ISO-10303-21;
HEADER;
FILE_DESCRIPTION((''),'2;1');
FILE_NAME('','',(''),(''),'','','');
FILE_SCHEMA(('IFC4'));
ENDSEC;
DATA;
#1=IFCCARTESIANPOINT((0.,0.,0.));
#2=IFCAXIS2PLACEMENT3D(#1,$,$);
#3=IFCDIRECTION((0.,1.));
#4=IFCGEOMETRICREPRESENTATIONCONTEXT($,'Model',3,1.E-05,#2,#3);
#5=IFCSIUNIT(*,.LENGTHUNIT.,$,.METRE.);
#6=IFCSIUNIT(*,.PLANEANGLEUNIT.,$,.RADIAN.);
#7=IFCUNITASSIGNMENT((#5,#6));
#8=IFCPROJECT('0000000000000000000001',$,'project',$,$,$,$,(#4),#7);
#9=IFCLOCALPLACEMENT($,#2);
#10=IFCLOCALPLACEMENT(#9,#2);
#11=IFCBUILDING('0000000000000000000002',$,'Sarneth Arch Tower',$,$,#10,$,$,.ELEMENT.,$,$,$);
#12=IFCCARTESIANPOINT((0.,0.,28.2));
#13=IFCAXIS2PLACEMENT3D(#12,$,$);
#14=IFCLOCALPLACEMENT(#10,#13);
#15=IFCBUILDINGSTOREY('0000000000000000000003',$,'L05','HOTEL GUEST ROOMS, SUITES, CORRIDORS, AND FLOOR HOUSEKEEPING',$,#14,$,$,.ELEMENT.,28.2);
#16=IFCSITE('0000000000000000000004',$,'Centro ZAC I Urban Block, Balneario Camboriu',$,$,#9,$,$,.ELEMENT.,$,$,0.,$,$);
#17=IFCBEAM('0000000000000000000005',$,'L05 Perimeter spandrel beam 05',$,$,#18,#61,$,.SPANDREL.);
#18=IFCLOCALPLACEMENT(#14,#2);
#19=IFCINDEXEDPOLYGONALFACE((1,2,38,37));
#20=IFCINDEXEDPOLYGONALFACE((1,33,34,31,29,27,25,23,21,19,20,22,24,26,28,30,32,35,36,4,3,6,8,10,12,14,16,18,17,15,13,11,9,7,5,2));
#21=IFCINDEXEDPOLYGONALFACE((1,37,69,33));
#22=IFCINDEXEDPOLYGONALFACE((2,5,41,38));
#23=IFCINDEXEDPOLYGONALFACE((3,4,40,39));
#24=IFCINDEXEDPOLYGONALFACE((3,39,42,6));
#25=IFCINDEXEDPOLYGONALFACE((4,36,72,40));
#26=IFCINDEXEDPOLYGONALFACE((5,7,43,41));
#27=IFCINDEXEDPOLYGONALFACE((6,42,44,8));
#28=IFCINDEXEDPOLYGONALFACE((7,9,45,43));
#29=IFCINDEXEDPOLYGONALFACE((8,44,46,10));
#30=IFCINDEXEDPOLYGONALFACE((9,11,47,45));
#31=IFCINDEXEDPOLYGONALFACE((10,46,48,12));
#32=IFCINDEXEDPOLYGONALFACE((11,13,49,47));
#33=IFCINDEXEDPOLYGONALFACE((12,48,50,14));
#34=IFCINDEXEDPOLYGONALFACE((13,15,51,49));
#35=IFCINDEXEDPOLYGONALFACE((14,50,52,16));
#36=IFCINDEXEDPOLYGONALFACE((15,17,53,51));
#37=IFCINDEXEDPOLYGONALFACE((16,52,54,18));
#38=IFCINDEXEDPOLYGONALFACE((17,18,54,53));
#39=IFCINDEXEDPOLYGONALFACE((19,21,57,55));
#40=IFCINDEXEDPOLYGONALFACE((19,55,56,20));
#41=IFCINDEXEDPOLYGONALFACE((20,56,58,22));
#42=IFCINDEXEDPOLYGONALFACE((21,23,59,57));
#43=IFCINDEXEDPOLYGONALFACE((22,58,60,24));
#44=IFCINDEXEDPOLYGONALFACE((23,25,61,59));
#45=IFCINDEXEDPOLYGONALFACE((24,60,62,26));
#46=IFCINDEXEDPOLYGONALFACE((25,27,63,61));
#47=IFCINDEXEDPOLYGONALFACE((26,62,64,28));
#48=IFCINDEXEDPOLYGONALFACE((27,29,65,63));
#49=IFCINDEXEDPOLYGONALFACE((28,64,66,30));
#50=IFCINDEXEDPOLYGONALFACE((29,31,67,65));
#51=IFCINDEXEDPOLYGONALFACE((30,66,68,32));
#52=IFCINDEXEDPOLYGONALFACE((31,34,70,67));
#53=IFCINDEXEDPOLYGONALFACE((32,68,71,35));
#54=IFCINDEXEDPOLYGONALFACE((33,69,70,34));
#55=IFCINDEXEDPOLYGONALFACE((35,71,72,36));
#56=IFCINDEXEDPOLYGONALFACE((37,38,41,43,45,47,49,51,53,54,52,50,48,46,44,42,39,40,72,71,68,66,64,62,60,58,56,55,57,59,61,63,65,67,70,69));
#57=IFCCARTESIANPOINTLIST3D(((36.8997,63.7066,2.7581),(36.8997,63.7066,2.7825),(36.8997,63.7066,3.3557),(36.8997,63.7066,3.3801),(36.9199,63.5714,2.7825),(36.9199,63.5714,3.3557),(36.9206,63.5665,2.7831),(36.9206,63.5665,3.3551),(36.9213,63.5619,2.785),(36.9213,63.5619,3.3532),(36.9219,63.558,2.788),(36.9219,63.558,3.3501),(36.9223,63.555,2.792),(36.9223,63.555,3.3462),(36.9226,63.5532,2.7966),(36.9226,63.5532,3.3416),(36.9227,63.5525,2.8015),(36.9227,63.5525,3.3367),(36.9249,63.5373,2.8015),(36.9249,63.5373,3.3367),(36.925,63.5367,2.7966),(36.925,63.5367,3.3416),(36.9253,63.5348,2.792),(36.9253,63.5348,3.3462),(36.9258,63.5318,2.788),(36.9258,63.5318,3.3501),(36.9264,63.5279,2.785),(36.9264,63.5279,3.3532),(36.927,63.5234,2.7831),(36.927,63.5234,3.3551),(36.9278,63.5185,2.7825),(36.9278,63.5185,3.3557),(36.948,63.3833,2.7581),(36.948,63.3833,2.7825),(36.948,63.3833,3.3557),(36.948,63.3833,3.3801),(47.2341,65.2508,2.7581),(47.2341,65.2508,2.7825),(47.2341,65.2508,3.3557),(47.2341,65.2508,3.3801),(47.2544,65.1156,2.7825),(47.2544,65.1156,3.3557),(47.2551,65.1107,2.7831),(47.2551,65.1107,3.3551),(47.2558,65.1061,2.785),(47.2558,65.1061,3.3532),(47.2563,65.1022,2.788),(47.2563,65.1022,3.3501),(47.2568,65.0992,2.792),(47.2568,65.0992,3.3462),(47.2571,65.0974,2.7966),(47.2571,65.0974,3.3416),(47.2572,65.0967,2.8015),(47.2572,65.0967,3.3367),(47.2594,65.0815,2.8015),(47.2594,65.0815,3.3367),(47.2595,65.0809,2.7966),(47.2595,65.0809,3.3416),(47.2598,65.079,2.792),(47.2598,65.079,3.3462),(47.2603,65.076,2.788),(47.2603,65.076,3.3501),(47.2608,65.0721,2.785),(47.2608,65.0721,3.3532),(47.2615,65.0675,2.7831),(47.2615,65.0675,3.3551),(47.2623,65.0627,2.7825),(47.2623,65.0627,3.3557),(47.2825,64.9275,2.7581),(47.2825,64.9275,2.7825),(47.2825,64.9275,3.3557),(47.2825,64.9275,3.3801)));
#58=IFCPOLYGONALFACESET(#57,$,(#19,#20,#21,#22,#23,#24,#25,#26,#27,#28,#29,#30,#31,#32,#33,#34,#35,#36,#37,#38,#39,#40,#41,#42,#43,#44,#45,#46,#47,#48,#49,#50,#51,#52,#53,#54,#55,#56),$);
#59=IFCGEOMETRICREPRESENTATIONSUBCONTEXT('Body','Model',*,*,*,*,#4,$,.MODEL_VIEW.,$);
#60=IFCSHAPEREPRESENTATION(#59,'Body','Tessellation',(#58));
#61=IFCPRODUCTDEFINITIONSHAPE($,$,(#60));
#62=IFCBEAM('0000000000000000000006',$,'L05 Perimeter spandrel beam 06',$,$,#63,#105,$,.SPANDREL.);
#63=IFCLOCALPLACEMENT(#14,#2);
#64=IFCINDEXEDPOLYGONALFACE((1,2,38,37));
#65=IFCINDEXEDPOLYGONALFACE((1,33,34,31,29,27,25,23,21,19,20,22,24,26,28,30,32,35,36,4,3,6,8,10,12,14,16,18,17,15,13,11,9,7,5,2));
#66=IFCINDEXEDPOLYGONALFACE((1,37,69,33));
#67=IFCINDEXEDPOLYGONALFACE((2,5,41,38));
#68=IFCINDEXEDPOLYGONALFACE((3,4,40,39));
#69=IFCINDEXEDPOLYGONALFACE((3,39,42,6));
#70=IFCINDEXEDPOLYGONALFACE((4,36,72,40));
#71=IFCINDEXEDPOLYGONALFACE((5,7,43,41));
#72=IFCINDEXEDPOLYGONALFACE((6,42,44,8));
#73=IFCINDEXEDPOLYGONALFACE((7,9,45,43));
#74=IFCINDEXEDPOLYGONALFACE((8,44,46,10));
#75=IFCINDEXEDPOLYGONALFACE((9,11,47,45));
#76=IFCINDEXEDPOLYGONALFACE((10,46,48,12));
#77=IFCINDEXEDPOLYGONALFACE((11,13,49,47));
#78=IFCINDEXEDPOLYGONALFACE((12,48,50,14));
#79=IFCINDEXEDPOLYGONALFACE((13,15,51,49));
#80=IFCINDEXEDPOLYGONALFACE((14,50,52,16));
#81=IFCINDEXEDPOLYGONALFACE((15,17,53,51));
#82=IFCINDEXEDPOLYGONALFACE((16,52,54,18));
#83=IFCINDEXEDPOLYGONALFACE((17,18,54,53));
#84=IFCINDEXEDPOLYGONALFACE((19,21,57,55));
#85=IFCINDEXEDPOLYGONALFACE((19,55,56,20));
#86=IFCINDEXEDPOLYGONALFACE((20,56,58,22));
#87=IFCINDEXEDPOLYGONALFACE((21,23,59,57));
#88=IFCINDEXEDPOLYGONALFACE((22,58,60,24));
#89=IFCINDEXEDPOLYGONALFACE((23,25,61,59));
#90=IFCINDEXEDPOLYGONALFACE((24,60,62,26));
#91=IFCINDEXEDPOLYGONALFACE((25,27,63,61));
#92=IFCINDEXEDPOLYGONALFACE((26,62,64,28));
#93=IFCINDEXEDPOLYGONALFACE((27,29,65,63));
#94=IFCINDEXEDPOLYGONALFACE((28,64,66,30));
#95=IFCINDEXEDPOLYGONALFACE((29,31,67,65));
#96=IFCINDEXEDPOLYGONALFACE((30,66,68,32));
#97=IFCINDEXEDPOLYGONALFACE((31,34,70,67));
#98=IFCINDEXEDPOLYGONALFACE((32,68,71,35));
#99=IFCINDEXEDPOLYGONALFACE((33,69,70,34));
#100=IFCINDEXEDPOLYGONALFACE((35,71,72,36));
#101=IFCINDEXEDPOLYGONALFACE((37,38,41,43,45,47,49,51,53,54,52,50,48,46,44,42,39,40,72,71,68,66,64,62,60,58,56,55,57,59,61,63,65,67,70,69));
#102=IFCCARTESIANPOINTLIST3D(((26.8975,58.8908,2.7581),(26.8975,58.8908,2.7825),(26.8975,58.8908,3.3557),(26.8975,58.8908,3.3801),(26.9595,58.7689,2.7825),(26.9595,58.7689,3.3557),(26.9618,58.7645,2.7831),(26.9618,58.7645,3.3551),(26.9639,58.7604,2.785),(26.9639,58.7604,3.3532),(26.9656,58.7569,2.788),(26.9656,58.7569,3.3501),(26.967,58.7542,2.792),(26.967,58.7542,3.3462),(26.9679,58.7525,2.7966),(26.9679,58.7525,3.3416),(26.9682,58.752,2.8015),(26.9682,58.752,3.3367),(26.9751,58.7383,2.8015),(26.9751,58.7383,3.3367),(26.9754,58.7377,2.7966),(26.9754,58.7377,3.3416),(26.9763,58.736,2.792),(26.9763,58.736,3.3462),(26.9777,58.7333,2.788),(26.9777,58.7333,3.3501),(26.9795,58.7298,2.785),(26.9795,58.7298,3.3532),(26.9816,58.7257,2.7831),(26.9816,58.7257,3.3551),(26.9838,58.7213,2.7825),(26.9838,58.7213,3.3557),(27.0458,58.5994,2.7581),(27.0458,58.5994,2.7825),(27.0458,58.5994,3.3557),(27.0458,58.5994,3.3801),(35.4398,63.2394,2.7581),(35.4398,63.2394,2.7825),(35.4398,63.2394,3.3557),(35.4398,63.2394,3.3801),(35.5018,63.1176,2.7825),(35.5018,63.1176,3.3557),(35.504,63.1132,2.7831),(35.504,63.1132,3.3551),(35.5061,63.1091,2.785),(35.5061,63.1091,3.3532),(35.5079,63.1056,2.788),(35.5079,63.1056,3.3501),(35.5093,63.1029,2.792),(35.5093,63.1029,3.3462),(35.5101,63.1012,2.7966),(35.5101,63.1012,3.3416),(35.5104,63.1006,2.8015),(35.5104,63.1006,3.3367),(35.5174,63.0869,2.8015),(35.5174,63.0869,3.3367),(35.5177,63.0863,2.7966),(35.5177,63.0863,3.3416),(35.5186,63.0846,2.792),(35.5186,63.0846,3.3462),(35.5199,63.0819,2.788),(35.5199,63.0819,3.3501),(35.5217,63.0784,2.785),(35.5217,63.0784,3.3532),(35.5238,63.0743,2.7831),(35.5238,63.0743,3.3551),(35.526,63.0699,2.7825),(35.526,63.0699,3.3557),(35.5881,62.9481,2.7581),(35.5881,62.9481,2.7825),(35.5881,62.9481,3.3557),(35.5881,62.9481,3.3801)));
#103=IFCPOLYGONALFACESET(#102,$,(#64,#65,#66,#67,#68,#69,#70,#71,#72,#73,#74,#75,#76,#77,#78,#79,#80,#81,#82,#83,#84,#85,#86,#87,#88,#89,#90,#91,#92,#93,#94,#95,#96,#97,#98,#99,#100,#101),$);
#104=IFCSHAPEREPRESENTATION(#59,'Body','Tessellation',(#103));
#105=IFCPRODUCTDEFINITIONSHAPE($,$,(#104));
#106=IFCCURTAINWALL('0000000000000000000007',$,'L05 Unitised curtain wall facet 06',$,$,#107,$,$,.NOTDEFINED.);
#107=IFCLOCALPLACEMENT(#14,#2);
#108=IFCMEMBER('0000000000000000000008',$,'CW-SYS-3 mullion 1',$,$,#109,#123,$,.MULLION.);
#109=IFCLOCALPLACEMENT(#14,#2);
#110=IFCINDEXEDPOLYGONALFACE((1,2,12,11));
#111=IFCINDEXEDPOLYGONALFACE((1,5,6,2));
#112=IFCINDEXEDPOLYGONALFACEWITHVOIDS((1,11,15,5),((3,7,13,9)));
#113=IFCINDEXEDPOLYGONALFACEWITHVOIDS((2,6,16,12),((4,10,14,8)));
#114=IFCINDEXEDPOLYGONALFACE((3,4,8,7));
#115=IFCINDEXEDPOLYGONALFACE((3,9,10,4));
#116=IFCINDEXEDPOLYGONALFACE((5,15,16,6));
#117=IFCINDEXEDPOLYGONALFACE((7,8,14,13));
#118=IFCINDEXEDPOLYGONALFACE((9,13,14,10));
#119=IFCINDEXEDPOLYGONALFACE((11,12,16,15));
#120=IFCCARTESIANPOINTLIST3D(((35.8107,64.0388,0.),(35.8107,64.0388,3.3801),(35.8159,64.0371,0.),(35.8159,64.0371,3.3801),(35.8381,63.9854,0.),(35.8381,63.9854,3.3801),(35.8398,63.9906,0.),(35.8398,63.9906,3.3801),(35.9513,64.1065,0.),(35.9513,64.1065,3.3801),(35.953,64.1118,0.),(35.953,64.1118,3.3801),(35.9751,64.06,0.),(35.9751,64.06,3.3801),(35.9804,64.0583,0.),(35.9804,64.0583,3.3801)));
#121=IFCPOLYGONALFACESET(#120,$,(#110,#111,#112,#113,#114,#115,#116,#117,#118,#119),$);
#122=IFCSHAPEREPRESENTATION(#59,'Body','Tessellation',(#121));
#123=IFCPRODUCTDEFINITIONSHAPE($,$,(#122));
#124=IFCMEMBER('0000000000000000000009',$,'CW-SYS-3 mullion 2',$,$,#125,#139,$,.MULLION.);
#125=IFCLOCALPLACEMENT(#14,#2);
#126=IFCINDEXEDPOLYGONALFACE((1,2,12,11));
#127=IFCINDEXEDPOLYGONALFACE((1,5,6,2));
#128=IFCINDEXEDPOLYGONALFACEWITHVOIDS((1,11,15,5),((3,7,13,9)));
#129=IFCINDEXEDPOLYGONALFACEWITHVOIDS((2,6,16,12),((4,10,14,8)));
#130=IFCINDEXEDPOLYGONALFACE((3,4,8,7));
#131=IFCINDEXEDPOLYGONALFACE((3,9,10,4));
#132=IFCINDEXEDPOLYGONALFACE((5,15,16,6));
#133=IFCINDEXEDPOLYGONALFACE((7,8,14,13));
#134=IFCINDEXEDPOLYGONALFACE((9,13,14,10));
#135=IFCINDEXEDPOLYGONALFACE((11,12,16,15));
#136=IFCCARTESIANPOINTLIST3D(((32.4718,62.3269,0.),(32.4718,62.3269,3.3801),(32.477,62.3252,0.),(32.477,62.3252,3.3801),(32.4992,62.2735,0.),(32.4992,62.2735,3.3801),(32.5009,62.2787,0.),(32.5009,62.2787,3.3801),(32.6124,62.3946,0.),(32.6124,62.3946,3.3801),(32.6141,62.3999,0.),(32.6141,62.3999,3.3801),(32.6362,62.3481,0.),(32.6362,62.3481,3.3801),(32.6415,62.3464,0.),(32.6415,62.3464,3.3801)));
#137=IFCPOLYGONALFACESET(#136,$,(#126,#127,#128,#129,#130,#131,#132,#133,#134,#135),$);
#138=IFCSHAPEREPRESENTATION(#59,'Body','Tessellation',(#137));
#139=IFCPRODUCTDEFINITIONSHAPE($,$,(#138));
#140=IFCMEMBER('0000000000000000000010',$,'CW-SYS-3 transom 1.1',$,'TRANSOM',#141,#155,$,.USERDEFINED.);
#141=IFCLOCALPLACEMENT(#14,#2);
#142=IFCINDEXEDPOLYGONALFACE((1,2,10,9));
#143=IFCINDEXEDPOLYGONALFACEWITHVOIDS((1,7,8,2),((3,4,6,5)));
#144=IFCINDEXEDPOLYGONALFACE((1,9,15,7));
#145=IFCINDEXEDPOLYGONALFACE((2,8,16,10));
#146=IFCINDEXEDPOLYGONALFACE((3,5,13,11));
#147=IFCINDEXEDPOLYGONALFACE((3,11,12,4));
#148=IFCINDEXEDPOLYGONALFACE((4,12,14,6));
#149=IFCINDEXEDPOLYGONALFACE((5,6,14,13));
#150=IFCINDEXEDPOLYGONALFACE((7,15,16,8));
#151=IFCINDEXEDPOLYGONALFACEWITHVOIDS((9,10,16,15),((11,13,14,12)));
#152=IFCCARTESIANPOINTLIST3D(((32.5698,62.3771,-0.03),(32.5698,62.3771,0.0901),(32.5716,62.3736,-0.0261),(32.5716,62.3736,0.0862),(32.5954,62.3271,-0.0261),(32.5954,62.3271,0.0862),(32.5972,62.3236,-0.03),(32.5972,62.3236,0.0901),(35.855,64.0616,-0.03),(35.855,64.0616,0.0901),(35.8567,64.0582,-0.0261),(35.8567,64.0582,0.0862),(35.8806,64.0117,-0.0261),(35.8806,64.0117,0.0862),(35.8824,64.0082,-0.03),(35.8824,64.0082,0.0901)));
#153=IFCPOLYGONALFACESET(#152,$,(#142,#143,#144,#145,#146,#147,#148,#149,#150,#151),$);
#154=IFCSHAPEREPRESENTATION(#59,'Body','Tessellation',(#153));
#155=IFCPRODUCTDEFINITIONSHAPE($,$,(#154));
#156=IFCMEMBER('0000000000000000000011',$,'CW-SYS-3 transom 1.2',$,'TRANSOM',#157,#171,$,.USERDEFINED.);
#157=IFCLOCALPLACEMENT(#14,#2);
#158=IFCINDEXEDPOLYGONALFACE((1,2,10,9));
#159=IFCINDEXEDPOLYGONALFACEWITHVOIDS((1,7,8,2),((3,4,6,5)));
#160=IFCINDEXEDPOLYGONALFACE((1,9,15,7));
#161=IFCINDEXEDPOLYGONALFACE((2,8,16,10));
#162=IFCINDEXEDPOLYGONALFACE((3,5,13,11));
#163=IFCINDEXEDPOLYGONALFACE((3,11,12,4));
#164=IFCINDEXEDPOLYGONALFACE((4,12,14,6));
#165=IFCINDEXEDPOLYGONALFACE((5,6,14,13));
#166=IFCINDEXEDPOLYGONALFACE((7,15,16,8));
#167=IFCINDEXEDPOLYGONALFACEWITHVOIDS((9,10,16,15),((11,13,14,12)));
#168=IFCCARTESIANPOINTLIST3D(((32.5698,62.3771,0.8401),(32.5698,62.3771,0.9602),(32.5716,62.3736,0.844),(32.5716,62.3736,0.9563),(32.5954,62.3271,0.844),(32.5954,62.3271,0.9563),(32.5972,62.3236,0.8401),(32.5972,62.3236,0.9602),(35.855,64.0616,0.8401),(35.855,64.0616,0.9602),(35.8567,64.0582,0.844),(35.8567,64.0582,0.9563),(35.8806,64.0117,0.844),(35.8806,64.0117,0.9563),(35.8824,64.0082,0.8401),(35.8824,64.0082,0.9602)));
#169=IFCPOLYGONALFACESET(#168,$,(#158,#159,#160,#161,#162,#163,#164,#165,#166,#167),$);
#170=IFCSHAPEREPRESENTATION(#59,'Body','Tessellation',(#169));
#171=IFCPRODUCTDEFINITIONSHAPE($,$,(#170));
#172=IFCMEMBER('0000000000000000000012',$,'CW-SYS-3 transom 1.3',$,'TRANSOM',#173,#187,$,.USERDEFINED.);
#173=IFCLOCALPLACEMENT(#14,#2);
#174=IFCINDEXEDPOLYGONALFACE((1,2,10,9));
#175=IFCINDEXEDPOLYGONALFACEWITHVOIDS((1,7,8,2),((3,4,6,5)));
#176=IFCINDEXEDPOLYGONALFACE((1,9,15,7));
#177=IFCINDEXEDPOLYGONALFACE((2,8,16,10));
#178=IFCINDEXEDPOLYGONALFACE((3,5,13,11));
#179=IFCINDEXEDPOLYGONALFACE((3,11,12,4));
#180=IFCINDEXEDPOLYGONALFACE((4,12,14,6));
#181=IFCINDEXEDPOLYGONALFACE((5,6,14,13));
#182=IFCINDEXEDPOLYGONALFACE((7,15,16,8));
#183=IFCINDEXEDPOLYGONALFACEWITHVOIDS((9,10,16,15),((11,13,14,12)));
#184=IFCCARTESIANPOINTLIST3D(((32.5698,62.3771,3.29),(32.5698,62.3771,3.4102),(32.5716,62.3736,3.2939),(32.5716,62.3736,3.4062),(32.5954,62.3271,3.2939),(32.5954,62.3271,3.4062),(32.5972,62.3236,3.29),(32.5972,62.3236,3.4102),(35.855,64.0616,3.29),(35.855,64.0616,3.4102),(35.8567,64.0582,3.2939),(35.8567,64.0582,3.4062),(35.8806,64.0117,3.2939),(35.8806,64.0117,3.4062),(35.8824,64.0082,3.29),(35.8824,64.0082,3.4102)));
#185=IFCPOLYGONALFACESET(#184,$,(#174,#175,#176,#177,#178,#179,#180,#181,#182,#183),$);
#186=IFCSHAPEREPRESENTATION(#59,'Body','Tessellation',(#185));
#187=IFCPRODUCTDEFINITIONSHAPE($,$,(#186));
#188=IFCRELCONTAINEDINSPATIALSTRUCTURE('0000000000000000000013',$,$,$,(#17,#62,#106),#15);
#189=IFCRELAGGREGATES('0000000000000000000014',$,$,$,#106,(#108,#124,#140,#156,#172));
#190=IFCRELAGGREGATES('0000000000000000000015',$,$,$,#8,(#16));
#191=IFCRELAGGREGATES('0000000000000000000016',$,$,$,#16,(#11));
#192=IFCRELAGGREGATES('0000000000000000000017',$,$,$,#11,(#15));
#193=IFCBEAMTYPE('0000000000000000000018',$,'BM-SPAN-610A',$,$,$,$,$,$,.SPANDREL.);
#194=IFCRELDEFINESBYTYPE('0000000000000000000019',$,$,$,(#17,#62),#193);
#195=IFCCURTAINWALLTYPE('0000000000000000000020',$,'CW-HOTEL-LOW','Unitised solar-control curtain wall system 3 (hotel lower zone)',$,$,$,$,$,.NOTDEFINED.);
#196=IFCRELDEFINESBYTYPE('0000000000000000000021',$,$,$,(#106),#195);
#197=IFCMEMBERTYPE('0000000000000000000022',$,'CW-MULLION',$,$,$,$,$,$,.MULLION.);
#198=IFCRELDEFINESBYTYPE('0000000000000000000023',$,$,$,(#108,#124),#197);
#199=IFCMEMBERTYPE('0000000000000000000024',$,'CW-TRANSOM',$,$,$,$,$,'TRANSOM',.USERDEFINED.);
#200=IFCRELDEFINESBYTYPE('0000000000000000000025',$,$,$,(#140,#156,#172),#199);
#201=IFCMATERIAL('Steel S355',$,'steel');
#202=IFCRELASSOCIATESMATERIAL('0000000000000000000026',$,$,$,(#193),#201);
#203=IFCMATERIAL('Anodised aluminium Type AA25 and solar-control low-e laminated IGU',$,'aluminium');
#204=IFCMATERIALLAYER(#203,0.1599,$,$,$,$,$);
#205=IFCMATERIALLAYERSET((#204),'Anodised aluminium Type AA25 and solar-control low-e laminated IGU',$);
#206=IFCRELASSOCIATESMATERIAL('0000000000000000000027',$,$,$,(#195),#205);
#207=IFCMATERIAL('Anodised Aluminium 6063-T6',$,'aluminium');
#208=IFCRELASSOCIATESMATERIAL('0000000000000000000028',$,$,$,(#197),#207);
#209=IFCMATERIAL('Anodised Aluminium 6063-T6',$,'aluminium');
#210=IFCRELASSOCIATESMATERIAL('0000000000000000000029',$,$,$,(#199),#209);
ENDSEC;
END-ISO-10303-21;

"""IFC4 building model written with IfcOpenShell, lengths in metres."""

from ifc_helpers import new_model, si_unit, direction, frame, origin, origin_2d, place, context, subcontext, project, spatial, hollow_rectangle, i_section, extrude, material, layer, layer_set, material_profile, profile_set, type_object, element, aggregate, save


model = new_model("IFC4")

# Units and contexts
model_context = context("Model", 3, precision=1e-05, world=origin(), true_north=direction((0.0, 1.0)))
body_context = subcontext(model_context, "Body", "Model", "MODEL_VIEW")
ifc_project = project(units=[si_unit("LENGTHUNIT", "METRE"), si_unit("PLANEANGLEUNIT", "RADIAN")], contexts=[model_context])

# Site, building, storey
site_placement = place(None, origin())
site = spatial("IfcSite", under=ifc_project, at=site_placement, Name="Centro ZAC I Urban Block, Balneario Camboriu", CompositionType="ELEMENT", RefElevation=0.0)
building_placement = place(site_placement, origin())
building = spatial("IfcBuilding", under=site, at=building_placement, Name="Sarneth Arch Tower", CompositionType="ELEMENT")
storey_placement = place(building_placement, frame((0.0, 0.0, 28.2)))
storey = spatial("IfcBuildingStorey", under=building, at=storey_placement, Name="L05", Description="HOTEL GUEST ROOMS, SUITES, CORRIDORS, AND FLOOR HOUSEKEEPING", CompositionType="ELEMENT", Elevation=28.2)

# Beams
ifc_material_1 = material(Name="Steel S355", Category="steel")
ifc_material_profile_1 = material_profile(ifc_material_1, i_section(OverallWidth=0.3269, OverallDepth=0.6221, WebThickness=0.0154, FlangeThickness=0.0244, FilletRadius=0.019, at=origin_2d()), Name="W610x195")
ifc_profile_set_1 = profile_set([ifc_material_profile_1], Name="Steel S355")
beam_type_1 = type_object("IfcBeamType", Name="BM-SPAN-610A", PredefinedType="SPANDREL", material=ifc_profile_set_1)
beam_1_placement = place(storey_placement, frame((47.2583, 65.0891, 3.0691), z_axis=(-0.98902, -0.147781, 0.0), x_axis=(0.147781, -0.98902, 0.0)))
element("IfcBeam", 1, at=beam_1_placement, inside=storey, type_object=beam_type_1, Name="L05 Perimeter spandrel beam 05", PredefinedType="SPANDREL", context=body_context, shape_type="SweptSolid", body=[
    extrude(i_section(OverallWidth=0.3269, OverallDepth=0.6221, WebThickness=0.0154, FlangeThickness=0.0244, FilletRadius=0.019, at=origin_2d()), origin(), (0.0, 0.0, 1.0), 10.4492),
])
beam_2_placement = place(storey_placement, frame((35.5139, 63.0938, 3.0691), z_axis=(-0.891169, -0.453671, 0.0), x_axis=(0.453671, -0.891169, 0.0)))
element("IfcBeam", 2, at=beam_2_placement, inside=storey, type_object=beam_type_1, Name="L05 Perimeter spandrel beam 06", PredefinedType="SPANDREL", context=body_context, shape_type="SweptSolid", body=[
    extrude(i_section(OverallWidth=0.3269, OverallDepth=0.6221, WebThickness=0.0154, FlangeThickness=0.0244, FilletRadius=0.019, at=origin_2d()), origin(), (0.0, 0.0, 1.0), 9.5854),
])

# Curtain wall, members
ifc_material_2 = material(Name="Anodised aluminium Type AA25 and solar-control low-e laminated IGU", Category="aluminium")
ifc_layer_1 = layer(ifc_material_2, 0.1599)
ifc_layer_set_1 = layer_set([ifc_layer_1], Name="Anodised aluminium Type AA25 and solar-control low-e laminated IGU")
curtain_wall_type = type_object("IfcCurtainWallType", Name="CW-HOTEL-LOW", Description="Unitised solar-control curtain wall system 3 (hotel lower zone)", PredefinedType="NOTDEFINED", material=ifc_layer_set_1)
curtain_wall_placement = place(storey_placement, origin())
curtain_wall = element("IfcCurtainWall", 3, at=curtain_wall_placement, inside=storey, type_object=curtain_wall_type, Name="L05 Unitised curtain wall facet 06", PredefinedType="NOTDEFINED")
ifc_material_3 = material(Name="Anodised Aluminium 6063-T6", Category="aluminium")
ifc_material_profile_2 = material_profile(ifc_material_3, hollow_rectangle(XDim=0.0601, YDim=0.1599, WallThickness=0.0039, at=origin_2d()), Name="AL-MULL-160x60x4")
ifc_profile_set_2 = profile_set([ifc_material_profile_2], Name="Anodised Aluminium 6063-T6")
member_type_1 = type_object("IfcMemberType", Name="CW-MULLION", PredefinedType="MULLION", material=ifc_profile_set_2)
member_1_placement = place(storey_placement, frame((35.8955, 64.0486, 0.0), z_axis=(0.0, 0.0, 1.0), x_axis=(0.456245, -0.889854, 0.0)))
member_1 = element("IfcMember", 4, at=member_1_placement, type_object=member_type_1, Name="CW-SYS-3 mullion 1", PredefinedType="MULLION", context=body_context, shape_type="SweptSolid", body=[
    extrude(hollow_rectangle(XDim=0.0601, YDim=0.1599, WallThickness=0.0039, at=origin_2d()), origin(), (0.0, 0.0, 1.0), 3.3801),
])
member_2_placement = place(storey_placement, frame((32.5566, 62.3367, 0.0), z_axis=(0.0, 0.0, 1.0), x_axis=(0.456245, -0.889854, 0.0)))
member_2 = element("IfcMember", 5, at=member_2_placement, type_object=member_type_1, Name="CW-SYS-3 mullion 2", PredefinedType="MULLION", context=body_context, shape_type="SweptSolid", body=[
    extrude(hollow_rectangle(XDim=0.0601, YDim=0.1599, WallThickness=0.0039, at=origin_2d()), origin(), (0.0, 0.0, 1.0), 3.3801),
])
ifc_material_4 = material(Name="Anodised Aluminium 6063-T6", Category="aluminium")
ifc_material_profile_3 = material_profile(ifc_material_4, hollow_rectangle(XDim=0.0601, YDim=0.1201, WallThickness=0.0039, at=origin_2d()), Name="AL-TRAN-120x60x4")
ifc_profile_set_3 = profile_set([ifc_material_profile_3], Name="Anodised Aluminium 6063-T6")
member_type_2 = type_object("IfcMemberType", Name="CW-TRANSOM", ElementType="TRANSOM", PredefinedType="USERDEFINED", material=ifc_profile_set_3)
member_3_placement = place(storey_placement, frame((35.8687, 64.0349, 0.03), z_axis=(-0.889831, -0.45629, 0.0), x_axis=(0.45629, -0.889831, 0.0)))
member_3 = element("IfcMember", 6, at=member_3_placement, type_object=member_type_2, Name="CW-SYS-3 transom 1.1", ObjectType="TRANSOM", PredefinedType="USERDEFINED", context=body_context, shape_type="SweptSolid", body=[
    extrude(hollow_rectangle(XDim=0.0601, YDim=0.1201, WallThickness=0.0039, at=origin_2d()), origin(), (0.0, 0.0, 1.0), 3.6919),
])
member_4_placement = place(storey_placement, frame((35.8687, 64.0349, 0.9001), z_axis=(-0.889831, -0.45629, 0.0), x_axis=(0.45629, -0.889831, 0.0)))
member_4 = element("IfcMember", 7, at=member_4_placement, type_object=member_type_2, Name="CW-SYS-3 transom 1.2", ObjectType="TRANSOM", PredefinedType="USERDEFINED", context=body_context, shape_type="SweptSolid", body=[
    extrude(hollow_rectangle(XDim=0.0601, YDim=0.1201, WallThickness=0.0039, at=origin_2d()), origin(), (0.0, 0.0, 1.0), 3.6919),
])
member_5_placement = place(storey_placement, frame((35.8687, 64.0349, 3.3501), z_axis=(-0.889831, -0.45629, 0.0), x_axis=(0.45629, -0.889831, 0.0)))
member_5 = element("IfcMember", 8, at=member_5_placement, type_object=member_type_2, Name="CW-SYS-3 transom 1.3", ObjectType="TRANSOM", PredefinedType="USERDEFINED", context=body_context, shape_type="SweptSolid", body=[
    extrude(hollow_rectangle(XDim=0.0601, YDim=0.1201, WallThickness=0.0039, at=origin_2d()), origin(), (0.0, 0.0, 1.0), 3.6919),
])
aggregate(curtain_wall, [member_1, member_2, member_3, member_4, member_5])

save(model, "model.ifc")
